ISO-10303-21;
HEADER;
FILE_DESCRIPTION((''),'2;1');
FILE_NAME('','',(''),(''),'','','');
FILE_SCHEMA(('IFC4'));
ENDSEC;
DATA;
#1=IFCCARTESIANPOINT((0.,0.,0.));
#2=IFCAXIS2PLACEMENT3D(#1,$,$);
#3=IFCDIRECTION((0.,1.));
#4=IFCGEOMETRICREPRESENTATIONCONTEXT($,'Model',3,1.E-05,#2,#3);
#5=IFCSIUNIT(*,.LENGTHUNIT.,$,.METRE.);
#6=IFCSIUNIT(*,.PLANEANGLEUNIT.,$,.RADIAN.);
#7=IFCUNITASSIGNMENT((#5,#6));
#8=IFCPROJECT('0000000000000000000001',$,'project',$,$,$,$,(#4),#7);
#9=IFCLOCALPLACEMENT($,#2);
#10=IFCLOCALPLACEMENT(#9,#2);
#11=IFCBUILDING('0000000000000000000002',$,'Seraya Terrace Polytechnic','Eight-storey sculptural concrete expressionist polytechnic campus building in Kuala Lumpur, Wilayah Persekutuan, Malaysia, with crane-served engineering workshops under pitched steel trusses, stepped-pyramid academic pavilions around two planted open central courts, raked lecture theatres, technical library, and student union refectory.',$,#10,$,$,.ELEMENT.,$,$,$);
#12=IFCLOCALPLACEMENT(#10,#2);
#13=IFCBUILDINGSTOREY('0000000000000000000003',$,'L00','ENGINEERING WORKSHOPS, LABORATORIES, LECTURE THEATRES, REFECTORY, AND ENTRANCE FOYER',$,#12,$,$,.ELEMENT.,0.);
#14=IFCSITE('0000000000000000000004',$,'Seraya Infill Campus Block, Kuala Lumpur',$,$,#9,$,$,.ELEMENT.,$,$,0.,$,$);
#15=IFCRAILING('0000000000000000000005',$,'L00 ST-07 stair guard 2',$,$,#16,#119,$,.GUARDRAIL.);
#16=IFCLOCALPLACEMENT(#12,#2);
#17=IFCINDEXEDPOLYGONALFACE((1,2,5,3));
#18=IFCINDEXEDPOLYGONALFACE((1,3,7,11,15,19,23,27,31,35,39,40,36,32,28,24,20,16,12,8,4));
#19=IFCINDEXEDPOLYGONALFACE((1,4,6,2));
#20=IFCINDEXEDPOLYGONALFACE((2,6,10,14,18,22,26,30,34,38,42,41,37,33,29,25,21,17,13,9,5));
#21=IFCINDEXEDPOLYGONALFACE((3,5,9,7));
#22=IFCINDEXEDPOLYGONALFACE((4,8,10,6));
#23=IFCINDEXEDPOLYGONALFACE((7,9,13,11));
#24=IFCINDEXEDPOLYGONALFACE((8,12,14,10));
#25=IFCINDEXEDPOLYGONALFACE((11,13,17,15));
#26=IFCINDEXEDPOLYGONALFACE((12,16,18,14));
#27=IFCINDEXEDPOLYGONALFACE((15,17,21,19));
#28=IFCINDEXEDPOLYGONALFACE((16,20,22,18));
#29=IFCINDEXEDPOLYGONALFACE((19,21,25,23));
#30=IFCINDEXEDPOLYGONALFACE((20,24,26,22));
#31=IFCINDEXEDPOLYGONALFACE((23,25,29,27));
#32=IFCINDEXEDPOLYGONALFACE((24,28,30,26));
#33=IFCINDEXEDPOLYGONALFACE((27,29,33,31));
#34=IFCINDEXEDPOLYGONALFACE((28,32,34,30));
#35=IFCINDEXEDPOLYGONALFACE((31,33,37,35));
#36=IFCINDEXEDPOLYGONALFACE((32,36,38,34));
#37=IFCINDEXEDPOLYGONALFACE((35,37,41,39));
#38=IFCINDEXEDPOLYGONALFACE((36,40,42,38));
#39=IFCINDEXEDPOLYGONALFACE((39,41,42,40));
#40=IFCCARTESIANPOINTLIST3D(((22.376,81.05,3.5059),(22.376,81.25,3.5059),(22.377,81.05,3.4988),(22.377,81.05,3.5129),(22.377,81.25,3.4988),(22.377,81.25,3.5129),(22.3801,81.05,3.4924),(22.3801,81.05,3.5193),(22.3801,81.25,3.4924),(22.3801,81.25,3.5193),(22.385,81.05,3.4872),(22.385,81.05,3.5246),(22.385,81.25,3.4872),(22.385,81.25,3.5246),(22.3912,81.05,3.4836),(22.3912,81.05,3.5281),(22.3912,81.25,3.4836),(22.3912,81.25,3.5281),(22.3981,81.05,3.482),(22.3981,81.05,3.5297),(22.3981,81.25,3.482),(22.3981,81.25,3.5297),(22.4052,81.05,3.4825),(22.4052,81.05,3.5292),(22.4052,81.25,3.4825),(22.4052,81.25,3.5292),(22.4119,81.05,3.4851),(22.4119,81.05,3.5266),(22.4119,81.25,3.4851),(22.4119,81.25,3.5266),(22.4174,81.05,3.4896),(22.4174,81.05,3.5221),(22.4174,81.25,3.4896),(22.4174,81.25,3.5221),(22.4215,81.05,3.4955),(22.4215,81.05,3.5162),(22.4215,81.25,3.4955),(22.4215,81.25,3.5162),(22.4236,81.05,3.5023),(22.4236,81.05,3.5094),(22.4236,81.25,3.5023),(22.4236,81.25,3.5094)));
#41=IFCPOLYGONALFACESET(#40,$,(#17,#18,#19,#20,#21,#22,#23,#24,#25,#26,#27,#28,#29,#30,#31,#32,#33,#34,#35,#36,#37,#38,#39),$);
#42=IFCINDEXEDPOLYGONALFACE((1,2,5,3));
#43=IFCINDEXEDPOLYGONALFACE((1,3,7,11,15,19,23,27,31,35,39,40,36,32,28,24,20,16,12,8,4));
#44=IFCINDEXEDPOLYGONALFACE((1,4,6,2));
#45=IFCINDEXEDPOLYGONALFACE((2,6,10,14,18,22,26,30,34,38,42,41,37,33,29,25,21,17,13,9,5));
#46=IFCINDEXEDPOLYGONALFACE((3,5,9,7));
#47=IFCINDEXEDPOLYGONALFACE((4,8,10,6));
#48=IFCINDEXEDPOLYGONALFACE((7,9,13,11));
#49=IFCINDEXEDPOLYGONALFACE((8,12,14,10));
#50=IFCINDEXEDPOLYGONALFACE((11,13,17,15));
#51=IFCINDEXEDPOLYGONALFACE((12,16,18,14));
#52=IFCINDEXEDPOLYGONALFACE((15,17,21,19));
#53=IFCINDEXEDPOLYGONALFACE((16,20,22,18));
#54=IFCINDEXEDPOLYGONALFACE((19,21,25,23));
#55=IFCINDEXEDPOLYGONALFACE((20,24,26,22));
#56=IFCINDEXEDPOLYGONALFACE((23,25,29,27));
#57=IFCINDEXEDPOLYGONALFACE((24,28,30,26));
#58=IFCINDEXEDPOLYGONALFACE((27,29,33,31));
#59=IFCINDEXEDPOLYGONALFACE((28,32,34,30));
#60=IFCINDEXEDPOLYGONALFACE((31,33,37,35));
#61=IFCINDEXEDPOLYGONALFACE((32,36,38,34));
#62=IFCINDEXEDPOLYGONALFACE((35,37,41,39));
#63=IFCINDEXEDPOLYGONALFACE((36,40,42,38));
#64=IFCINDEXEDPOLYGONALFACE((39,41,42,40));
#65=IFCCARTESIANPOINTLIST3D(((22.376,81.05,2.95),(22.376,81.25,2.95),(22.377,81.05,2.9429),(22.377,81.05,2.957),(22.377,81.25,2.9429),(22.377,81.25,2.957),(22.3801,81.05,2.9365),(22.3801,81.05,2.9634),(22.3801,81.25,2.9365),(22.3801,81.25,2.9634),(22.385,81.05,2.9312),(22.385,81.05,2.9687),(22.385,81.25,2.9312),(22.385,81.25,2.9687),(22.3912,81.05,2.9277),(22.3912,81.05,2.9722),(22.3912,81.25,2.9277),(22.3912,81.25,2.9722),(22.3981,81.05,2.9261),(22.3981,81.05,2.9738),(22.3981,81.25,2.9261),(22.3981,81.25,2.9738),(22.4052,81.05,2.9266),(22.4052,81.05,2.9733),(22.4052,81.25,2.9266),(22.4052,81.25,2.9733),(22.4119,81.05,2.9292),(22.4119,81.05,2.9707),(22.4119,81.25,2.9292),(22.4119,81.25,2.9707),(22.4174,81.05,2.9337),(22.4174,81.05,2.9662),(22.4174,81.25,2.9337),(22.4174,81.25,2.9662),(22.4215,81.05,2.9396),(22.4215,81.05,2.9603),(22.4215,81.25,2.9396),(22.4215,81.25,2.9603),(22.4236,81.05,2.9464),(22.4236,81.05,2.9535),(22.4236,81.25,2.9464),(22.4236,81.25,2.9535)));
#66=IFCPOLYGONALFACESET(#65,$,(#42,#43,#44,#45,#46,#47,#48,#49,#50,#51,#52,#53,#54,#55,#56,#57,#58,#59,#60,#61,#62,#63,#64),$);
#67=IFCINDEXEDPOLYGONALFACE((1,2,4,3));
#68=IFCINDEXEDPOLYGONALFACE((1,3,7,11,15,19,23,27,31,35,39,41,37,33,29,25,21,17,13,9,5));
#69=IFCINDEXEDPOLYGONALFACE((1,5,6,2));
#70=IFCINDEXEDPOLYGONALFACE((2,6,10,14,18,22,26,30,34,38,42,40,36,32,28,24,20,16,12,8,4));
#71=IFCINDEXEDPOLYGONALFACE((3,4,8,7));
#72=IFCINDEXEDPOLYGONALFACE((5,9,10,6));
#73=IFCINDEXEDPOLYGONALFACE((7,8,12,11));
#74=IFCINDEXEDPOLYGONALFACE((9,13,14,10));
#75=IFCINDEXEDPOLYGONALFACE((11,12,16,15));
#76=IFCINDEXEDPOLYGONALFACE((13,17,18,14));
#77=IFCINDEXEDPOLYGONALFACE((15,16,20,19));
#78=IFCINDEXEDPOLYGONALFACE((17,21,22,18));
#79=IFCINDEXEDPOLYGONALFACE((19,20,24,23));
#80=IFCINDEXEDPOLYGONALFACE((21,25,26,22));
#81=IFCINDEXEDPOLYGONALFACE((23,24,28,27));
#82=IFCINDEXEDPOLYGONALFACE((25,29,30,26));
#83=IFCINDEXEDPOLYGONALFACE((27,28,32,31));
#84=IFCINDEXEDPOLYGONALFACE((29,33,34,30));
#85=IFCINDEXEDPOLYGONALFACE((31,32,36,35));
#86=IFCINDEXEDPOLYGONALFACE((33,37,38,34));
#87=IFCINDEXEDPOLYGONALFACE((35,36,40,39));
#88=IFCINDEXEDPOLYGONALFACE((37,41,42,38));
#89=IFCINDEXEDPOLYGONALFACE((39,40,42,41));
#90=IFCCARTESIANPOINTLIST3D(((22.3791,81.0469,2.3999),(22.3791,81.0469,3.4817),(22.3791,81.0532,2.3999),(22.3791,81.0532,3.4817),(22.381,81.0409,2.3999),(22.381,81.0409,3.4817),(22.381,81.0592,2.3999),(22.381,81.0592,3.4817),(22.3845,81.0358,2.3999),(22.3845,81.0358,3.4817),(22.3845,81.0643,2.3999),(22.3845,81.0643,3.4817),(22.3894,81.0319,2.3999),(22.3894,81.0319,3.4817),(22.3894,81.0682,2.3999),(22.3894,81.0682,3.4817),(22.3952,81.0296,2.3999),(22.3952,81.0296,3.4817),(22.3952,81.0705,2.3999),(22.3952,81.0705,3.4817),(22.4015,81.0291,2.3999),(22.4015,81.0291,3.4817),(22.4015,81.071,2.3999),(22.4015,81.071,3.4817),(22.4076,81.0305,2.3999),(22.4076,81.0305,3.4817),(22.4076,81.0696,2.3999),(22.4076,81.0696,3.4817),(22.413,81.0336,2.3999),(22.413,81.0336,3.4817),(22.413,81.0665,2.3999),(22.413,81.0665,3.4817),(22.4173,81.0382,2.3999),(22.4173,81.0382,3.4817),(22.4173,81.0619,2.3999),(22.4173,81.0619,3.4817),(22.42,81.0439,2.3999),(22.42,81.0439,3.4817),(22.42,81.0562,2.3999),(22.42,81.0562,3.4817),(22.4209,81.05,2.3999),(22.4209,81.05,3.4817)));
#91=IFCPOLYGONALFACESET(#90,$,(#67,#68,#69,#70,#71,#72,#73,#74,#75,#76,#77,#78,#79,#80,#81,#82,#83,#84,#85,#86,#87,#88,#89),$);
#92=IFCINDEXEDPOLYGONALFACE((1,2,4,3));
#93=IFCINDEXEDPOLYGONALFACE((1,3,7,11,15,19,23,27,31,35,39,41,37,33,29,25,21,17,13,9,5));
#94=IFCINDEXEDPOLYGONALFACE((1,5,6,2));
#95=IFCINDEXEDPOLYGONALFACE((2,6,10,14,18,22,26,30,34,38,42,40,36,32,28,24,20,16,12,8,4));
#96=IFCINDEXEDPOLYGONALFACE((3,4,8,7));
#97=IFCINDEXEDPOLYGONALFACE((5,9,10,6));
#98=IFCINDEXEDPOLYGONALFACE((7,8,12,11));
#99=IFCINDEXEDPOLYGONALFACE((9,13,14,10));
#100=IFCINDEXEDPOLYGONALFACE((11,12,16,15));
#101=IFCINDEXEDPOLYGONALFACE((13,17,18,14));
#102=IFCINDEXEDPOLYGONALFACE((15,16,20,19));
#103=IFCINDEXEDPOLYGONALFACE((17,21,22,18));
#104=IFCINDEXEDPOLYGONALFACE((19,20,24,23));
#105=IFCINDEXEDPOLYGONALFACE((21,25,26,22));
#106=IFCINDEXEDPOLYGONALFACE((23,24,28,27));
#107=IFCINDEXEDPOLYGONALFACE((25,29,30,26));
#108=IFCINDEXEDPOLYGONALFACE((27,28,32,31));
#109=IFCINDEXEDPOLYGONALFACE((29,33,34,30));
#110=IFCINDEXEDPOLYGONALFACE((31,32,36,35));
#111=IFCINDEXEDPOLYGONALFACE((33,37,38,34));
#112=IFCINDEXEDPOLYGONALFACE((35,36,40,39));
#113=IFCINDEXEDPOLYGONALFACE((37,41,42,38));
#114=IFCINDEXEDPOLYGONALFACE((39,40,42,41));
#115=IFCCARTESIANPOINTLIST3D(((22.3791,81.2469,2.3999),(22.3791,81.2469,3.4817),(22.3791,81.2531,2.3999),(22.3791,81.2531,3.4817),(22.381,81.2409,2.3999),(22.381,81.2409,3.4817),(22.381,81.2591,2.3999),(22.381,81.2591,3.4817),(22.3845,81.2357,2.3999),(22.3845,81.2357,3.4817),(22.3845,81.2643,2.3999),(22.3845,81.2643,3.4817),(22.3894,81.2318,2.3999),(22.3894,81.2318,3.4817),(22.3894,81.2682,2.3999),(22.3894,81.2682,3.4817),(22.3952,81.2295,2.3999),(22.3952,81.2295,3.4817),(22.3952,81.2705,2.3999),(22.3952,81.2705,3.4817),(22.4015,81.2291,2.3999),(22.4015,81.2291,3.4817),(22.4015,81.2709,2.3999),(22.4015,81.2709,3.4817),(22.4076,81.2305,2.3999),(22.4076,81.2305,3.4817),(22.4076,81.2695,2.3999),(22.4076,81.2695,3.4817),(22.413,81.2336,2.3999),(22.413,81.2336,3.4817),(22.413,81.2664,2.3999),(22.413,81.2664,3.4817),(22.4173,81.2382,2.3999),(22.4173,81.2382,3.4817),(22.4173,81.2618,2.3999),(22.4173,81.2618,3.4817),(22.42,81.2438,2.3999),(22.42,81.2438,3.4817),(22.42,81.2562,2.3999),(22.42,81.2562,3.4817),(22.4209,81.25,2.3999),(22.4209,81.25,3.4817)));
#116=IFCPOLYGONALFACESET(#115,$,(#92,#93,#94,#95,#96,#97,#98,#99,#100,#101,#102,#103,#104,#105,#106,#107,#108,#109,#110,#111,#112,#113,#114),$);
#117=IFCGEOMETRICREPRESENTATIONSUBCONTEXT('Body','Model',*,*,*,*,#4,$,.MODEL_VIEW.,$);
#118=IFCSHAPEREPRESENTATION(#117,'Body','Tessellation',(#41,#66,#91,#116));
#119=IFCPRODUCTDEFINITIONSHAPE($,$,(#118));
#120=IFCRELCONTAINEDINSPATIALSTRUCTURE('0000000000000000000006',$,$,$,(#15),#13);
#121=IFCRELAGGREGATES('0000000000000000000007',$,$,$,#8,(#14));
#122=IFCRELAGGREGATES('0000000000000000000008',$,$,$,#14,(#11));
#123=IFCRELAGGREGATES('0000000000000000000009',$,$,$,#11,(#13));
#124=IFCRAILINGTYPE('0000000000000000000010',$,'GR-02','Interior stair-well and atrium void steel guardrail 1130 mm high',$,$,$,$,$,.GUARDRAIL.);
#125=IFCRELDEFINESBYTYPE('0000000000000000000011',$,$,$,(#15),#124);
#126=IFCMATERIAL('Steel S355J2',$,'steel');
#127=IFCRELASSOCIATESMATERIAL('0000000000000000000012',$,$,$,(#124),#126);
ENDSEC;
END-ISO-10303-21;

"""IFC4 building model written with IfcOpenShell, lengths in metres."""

from ifc_helpers import new_model, si_unit, direction, frame, origin, origin_2d, place, context, subcontext, project, spatial, circle, extrude, material, type_object, element, save


model = new_model("IFC4")

# Units and contexts
model_context = context("Model", 3, precision=1e-05, world=origin(), true_north=direction((0.0, 1.0)))
body_context = subcontext(model_context, "Body", "Model", "MODEL_VIEW")
ifc_project = project(units=[si_unit("LENGTHUNIT", "METRE"), si_unit("PLANEANGLEUNIT", "RADIAN")], contexts=[model_context])

# Site, building, storey
site_placement = place(None, origin())
site = spatial("IfcSite", under=ifc_project, at=site_placement, Name="Seraya Infill Campus Block, Kuala Lumpur", CompositionType="ELEMENT", RefElevation=0.0)
building_placement = place(site_placement, origin())
building = spatial("IfcBuilding", under=site, at=building_placement, Name="Seraya Terrace Polytechnic", Description="Eight-storey sculptural concrete expressionist polytechnic campus building in Kuala Lumpur, Wilayah Persekutuan, Malaysia, with crane-served engineering workshops under pitched steel trusses, stepped-pyramid academic pavilions around two planted open central courts, raked lecture theatres, technical library, and student union refectory.", CompositionType="ELEMENT")
storey_placement = place(building_placement, origin())
storey = spatial("IfcBuildingStorey", under=building, at=storey_placement, Name="L00", Description="ENGINEERING WORKSHOPS, LABORATORIES, LECTURE THEATRES, REFECTORY, AND ENTRANCE FOYER", CompositionType="ELEMENT", Elevation=0.0)

# Shared definitions
ifc_material_1 = material(Name="Steel S355J2", Category="steel")

# Railing
railing_type_1 = type_object("IfcRailingType", Name="GR-02", Description="Interior stair-well and atrium void steel guardrail 1130 mm high", PredefinedType="GUARDRAIL", material=ifc_material_1)
railing_1_placement = place(storey_placement, frame((22.3999, 81.05, 2.3999)))
element("IfcRailing", 1, at=railing_1_placement, inside=storey, type_object=railing_type_1, Name="L00 ST-07 stair guard 2", PredefinedType="GUARDRAIL", context=body_context, shape_type="SweptSolid", body=[
    extrude(circle(Radius=0.0239, at=origin_2d()), frame((0.0, 0.0, 1.106), z_axis=(0.0, 1.0, 0.0), x_axis=(-1.0, 0.0, 0.0)), (0.0, 0.0, 1.0), 0.2),
    extrude(circle(Radius=0.0239, at=origin_2d()), frame((0.0, 0.0, 0.55), z_axis=(0.0, 1.0, 0.0), x_axis=(-1.0, 0.0, 0.0)), (0.0, 0.0, 1.0), 0.2),
    extrude(circle(Radius=0.021, at=origin_2d()), origin(), (0.0, 0.0, 1.0), 1.0818),
    extrude(circle(Radius=0.021, at=origin_2d()), frame((0.0, 0.2, 0.0)), (0.0, 0.0, 1.0), 1.0818),
])

save(model, "model.ifc")
